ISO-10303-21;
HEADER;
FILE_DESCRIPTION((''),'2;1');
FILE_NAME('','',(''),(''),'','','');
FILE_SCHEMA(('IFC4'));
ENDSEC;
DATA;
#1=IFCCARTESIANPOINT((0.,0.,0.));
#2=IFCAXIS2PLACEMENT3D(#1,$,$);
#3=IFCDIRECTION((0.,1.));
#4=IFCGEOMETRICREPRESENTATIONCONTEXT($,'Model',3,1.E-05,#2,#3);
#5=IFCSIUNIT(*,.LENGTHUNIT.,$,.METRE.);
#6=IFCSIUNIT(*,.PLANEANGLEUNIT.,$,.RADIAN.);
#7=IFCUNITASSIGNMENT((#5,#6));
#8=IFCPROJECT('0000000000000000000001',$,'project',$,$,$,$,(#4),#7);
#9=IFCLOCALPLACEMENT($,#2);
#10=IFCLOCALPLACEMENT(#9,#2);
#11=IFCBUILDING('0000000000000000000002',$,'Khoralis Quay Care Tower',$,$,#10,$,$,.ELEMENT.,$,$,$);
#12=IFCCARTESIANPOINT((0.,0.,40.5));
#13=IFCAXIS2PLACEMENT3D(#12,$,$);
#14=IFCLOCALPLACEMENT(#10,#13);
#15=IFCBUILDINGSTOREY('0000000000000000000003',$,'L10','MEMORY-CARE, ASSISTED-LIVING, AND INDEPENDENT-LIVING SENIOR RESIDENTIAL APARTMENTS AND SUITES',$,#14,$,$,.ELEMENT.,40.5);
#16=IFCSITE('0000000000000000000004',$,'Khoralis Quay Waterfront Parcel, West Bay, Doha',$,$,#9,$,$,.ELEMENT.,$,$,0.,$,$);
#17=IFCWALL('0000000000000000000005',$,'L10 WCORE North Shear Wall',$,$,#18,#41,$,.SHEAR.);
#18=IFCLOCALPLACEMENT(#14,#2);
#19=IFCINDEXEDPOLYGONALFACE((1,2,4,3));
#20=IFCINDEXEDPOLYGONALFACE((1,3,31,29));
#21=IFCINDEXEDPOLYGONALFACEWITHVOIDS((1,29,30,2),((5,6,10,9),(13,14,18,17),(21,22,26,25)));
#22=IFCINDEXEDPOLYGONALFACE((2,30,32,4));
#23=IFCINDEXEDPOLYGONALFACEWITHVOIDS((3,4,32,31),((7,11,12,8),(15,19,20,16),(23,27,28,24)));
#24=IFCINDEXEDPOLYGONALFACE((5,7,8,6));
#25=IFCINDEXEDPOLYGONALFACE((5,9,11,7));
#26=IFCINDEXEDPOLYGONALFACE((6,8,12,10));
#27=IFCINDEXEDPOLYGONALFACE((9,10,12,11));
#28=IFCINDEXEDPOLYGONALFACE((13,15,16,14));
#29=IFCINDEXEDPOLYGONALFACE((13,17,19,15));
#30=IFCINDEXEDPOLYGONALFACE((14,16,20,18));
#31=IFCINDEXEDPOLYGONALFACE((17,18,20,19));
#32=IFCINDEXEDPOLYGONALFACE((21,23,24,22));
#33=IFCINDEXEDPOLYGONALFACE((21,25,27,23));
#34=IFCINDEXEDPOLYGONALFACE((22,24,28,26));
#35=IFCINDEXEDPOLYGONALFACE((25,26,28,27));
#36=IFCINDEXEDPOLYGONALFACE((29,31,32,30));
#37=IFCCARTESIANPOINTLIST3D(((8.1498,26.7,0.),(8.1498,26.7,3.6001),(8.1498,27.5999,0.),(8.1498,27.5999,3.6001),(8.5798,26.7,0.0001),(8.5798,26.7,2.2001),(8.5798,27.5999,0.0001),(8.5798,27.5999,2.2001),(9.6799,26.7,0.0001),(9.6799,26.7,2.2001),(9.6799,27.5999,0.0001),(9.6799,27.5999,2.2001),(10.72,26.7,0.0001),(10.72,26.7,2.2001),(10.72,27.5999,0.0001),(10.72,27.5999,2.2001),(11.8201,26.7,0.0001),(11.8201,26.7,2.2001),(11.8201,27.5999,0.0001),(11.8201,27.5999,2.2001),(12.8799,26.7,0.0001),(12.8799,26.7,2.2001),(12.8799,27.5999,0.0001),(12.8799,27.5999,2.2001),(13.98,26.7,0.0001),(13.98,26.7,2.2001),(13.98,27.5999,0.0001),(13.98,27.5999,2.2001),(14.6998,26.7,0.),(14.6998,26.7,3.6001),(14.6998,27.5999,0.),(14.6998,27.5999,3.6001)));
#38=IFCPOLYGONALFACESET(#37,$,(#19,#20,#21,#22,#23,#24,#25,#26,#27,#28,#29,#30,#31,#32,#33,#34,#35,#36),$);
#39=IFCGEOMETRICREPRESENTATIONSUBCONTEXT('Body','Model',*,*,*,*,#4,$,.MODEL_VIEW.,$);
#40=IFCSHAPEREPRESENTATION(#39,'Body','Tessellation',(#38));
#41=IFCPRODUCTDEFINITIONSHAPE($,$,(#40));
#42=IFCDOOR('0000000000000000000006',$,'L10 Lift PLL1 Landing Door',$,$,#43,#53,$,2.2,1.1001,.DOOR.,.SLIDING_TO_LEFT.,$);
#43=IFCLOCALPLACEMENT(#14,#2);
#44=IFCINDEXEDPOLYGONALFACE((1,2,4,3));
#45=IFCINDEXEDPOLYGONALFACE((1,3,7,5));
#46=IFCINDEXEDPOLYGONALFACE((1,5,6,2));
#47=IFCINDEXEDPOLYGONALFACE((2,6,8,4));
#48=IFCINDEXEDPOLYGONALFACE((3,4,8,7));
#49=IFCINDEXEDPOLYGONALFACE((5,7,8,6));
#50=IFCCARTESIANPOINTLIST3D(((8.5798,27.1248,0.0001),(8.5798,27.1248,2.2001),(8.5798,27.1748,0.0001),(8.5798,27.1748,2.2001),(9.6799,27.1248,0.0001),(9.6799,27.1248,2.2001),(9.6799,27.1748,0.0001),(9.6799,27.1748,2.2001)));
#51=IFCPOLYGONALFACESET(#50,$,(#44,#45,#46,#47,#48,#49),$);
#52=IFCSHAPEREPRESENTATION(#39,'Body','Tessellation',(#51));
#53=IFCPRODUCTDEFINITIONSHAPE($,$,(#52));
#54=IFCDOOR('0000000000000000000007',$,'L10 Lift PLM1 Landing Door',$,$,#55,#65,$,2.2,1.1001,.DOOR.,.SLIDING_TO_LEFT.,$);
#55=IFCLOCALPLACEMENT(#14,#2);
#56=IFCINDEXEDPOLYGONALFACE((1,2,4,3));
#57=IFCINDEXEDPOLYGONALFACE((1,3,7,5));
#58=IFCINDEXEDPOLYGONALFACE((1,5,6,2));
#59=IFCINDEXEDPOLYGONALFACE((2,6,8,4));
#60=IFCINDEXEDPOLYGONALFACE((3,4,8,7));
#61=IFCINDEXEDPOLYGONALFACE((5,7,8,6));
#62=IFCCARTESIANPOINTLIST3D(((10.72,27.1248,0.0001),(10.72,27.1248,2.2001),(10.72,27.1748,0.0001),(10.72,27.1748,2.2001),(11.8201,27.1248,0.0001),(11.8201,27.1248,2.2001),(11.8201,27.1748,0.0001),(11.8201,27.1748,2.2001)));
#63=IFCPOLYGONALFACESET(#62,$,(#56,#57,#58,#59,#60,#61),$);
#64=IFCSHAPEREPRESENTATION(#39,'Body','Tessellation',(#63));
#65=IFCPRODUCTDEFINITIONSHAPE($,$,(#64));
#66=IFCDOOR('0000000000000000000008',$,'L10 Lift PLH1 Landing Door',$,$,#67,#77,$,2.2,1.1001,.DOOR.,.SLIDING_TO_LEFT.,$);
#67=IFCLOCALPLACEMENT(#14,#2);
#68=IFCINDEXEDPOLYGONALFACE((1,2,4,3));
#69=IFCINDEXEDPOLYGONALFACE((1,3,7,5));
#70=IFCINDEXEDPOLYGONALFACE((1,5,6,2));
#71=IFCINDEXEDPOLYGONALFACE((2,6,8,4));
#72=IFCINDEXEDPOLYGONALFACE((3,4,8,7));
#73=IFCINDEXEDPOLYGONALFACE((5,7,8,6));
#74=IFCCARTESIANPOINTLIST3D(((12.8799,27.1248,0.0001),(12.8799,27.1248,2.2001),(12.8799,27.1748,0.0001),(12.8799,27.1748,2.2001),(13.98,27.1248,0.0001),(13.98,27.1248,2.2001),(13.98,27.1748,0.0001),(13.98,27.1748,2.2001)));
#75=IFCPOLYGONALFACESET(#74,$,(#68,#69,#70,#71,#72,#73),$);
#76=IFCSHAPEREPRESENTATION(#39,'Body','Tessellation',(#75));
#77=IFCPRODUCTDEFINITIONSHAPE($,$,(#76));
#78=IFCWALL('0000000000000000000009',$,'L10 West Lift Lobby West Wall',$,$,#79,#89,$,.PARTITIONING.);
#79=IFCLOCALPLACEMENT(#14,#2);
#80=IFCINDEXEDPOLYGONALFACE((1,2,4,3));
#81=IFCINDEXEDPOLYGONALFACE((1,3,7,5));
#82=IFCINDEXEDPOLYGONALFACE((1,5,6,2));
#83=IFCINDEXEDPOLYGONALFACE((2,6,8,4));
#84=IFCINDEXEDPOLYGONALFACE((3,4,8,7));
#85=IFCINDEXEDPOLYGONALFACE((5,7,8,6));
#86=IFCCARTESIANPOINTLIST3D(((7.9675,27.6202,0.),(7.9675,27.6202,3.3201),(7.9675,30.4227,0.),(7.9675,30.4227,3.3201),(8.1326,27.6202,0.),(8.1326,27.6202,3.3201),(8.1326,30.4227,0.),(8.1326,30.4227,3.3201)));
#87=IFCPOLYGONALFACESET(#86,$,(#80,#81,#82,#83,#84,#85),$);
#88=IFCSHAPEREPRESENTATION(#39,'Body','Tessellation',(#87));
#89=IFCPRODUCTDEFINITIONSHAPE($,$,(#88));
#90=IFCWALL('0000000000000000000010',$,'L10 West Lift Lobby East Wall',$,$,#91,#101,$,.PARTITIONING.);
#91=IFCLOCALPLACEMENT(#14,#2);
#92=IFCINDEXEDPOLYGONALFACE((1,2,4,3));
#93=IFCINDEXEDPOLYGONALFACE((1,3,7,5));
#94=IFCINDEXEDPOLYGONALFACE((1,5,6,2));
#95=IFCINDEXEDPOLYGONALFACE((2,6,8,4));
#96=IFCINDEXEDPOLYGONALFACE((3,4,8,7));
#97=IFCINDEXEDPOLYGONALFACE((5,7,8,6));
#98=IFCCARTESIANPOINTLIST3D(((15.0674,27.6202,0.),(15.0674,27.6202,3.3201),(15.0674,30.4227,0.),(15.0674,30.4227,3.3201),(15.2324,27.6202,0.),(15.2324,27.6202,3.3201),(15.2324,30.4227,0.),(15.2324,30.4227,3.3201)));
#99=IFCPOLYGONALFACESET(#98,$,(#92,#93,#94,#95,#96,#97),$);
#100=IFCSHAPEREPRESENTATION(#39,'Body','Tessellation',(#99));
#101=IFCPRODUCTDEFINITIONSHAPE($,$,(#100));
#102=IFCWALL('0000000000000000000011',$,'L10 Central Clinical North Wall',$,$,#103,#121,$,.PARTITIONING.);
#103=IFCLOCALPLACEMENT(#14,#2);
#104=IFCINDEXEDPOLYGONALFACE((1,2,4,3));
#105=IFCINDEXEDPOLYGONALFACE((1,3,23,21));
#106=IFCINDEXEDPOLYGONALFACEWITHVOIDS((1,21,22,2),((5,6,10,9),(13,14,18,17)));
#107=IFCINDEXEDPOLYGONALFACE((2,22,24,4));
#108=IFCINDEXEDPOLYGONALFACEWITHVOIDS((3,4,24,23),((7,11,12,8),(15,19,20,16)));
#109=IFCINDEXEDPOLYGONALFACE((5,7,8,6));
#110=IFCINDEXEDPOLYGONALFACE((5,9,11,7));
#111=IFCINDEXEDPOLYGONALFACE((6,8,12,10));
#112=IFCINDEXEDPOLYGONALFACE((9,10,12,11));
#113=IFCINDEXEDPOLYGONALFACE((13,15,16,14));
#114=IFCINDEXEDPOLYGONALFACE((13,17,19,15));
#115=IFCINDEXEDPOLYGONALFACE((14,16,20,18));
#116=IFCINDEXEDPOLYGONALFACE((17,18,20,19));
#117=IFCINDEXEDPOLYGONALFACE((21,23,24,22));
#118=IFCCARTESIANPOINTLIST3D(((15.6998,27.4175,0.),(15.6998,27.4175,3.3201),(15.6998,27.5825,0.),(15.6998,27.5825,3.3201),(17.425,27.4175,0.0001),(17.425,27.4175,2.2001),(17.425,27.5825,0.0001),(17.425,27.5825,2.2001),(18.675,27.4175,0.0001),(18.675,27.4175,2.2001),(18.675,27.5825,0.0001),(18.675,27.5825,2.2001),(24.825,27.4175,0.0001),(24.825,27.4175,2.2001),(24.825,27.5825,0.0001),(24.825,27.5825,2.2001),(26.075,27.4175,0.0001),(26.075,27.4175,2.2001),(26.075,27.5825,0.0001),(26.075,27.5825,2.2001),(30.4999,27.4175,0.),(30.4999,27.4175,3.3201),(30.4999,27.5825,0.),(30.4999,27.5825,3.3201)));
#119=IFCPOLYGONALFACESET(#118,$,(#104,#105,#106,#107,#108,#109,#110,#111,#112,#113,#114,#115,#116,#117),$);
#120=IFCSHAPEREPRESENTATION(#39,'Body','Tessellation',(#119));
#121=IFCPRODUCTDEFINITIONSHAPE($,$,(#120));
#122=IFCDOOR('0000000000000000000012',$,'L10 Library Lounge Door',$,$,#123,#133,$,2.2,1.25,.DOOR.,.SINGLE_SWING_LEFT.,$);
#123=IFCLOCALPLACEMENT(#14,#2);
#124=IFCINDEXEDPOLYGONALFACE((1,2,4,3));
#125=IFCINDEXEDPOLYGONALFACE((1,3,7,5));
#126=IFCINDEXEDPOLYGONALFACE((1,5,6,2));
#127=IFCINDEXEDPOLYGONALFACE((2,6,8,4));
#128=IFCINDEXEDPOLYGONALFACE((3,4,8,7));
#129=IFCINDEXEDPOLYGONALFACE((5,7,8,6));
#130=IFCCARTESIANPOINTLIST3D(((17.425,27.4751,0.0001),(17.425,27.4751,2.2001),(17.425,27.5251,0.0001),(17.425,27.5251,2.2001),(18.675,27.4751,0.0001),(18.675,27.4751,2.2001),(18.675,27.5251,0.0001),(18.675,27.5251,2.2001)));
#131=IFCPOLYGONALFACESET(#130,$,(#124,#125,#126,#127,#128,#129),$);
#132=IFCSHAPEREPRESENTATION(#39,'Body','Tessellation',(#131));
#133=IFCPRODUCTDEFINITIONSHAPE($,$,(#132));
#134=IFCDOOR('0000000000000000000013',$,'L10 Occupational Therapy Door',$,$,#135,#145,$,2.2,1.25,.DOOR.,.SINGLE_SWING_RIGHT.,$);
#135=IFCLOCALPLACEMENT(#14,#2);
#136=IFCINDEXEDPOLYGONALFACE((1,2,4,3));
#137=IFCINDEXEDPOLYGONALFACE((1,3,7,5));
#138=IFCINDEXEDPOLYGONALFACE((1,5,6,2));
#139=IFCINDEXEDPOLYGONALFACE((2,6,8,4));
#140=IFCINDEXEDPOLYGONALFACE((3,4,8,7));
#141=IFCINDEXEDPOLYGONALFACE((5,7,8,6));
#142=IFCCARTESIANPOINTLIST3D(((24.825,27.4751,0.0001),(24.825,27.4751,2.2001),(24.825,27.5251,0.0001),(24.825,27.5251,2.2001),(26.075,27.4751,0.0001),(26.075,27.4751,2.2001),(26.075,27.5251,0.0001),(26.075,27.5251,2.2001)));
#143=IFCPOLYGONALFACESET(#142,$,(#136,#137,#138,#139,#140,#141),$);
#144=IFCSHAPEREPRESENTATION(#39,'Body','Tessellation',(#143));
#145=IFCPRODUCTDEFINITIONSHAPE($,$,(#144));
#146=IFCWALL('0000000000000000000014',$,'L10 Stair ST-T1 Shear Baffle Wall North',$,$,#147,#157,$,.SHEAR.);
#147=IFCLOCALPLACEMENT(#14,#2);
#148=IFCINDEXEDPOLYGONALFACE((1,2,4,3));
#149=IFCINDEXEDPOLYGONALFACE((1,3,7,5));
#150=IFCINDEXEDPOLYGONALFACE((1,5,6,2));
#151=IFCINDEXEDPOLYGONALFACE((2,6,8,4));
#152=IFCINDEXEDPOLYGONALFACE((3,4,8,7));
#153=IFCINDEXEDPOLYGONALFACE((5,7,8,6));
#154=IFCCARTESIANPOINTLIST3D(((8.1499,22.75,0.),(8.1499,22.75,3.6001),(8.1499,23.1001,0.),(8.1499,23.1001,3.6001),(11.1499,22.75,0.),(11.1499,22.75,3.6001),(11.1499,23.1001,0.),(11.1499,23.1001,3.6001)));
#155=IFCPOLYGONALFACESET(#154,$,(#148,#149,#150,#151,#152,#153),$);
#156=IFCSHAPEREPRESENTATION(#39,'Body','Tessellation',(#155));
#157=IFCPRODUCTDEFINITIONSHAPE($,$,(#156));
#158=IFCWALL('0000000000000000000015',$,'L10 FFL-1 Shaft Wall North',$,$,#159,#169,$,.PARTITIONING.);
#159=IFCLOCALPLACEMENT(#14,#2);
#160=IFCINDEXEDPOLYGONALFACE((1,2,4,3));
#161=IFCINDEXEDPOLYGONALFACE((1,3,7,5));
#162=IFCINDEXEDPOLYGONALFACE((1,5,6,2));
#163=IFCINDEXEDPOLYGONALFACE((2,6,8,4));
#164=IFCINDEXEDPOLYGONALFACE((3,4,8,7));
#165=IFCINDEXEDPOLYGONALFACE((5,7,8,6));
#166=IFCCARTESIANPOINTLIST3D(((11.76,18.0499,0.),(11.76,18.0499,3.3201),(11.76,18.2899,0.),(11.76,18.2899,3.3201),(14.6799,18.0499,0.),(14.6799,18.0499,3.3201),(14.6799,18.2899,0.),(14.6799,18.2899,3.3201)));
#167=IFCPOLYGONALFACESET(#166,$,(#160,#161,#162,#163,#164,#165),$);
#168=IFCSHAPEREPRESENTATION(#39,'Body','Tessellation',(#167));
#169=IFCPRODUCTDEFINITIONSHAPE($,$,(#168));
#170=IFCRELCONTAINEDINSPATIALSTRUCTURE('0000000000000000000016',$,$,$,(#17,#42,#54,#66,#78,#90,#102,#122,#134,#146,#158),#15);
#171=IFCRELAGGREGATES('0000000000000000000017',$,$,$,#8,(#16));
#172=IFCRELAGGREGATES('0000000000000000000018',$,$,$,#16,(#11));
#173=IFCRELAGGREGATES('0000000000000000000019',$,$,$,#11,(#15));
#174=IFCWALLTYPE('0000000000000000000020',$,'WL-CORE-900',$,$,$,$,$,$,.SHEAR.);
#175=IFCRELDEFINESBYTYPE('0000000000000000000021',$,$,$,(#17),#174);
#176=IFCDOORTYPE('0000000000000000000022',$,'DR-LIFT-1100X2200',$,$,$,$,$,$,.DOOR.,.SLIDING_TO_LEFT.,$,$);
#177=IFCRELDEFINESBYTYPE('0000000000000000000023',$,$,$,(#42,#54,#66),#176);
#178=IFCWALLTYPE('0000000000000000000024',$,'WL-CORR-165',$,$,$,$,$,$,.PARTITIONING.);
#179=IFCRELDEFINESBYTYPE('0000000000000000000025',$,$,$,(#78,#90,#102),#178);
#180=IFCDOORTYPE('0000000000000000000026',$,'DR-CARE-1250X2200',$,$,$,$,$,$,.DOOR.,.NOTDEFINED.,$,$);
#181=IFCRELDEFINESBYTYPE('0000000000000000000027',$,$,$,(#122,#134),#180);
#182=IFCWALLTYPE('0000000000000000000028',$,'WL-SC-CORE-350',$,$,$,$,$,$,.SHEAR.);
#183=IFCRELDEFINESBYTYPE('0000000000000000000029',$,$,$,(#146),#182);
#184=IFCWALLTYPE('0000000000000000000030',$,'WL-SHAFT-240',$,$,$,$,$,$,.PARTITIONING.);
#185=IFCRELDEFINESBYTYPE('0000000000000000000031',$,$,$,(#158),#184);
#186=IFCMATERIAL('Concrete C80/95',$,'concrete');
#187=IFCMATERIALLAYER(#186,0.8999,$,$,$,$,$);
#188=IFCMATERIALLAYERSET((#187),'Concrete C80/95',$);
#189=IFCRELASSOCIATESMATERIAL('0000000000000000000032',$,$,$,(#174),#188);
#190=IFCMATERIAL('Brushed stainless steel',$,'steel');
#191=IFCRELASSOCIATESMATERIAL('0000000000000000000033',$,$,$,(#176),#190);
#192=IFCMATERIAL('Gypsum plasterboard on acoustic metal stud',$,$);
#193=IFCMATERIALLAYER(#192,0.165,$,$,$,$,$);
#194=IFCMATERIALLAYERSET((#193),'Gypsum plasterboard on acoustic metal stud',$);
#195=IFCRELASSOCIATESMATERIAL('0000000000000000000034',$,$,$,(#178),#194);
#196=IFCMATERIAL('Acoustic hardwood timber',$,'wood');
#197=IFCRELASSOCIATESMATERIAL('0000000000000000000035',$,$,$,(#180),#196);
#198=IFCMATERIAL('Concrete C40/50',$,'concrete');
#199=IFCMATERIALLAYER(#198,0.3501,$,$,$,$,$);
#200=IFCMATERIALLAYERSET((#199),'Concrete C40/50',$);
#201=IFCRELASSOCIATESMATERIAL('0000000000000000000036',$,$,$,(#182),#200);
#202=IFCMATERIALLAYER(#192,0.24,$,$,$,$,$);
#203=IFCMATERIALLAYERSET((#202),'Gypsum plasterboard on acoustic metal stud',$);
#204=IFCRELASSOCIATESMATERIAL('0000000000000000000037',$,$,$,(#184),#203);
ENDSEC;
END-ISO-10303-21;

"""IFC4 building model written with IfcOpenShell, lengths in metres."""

from ifc_helpers import new_model, si_unit, direction, frame, frame_2d, origin, place, context, subcontext, project, spatial, rectangle, extrude, source, transform, mapped, material, layer, layer_set, type_object, element, fill, save


model = new_model("IFC4")

# Units and contexts
model_context = context("Model", 3, precision=1e-05, world=origin(), true_north=direction((0.0, 1.0)))
body_context = subcontext(model_context, "Body", "Model", "MODEL_VIEW")
ifc_project = project(units=[si_unit("LENGTHUNIT", "METRE"), si_unit("PLANEANGLEUNIT", "RADIAN")], contexts=[model_context])

# Site, building, storey
site_placement = place(None, origin())
site = spatial("IfcSite", under=ifc_project, at=site_placement, Name="Khoralis Quay Waterfront Parcel, West Bay, Doha", CompositionType="ELEMENT", RefElevation=0.0)
building_placement = place(site_placement, origin())
building = spatial("IfcBuilding", under=site, at=building_placement, Name="Khoralis Quay Care Tower", CompositionType="ELEMENT")
storey_placement = place(building_placement, frame((0.0, 0.0, 40.5)))
storey = spatial("IfcBuildingStorey", under=building, at=storey_placement, Name="L10", Description="MEMORY-CARE, ASSISTED-LIVING, AND INDEPENDENT-LIVING SENIOR RESIDENTIAL APARTMENTS AND SUITES", CompositionType="ELEMENT", Elevation=40.5)

# Shared definitions
ifc_material_1 = material(Name="Concrete C80/95", Category="concrete")

# Wall, openings, doors
ifc_layer_1 = layer(ifc_material_1, 0.8999)
ifc_layer_set_1 = layer_set([ifc_layer_1], Name="Concrete C80/95")
wall_type_1 = type_object("IfcWallType", Name="WL-CORE-900", PredefinedType="SHEAR", material=ifc_layer_set_1)
wall_1_placement = place(storey_placement, frame((8.1499, 27.1499, 0.0), z_axis=(0.0, 0.0, 1.0), x_axis=(1.0, 0.0, 0.0)))
wall_1 = element("IfcWall", 1, at=wall_1_placement, inside=storey, type_object=wall_type_1, Name="L10 WCORE North Shear Wall", PredefinedType="SHEAR", context=body_context, shape_type="SweptSolid", body=[
    extrude(rectangle(XDim=6.55, YDim=0.8999, at=frame_2d((3.2749, 0.0))), origin(), (0.0, 0.0, 1.0), 3.6001),
])
opening_1_placement = place(wall_1_placement, frame((0.4299, 0.0, 0.0)))
opening_1 = element("IfcOpeningElement", 2, at=opening_1_placement, cuts=wall_1, PredefinedType="OPENING", context=body_context, shape_type="SweptSolid", body=[
    extrude(rectangle(XDim=1.1001, YDim=2.2, at=frame_2d((0.55, 1.1001))), frame((0.0, 0.46, 0.0), z_axis=(0.0, -1.0, 0.0), x_axis=(1.0, 0.0, 0.0)), (0.0, 0.0, 1.0), 0.9199),
])
opening_2_placement = place(wall_1_placement, frame((2.5701, 0.0, 0.0)))
opening_2 = element("IfcOpeningElement", 3, at=opening_2_placement, cuts=wall_1, PredefinedType="OPENING", context=body_context, shape_type="SweptSolid", body=[
    extrude(rectangle(XDim=1.1001, YDim=2.2, at=frame_2d((0.55, 1.1001))), frame((0.0, 0.46, 0.0), z_axis=(0.0, -1.0, 0.0), x_axis=(1.0, 0.0, 0.0)), (0.0, 0.0, 1.0), 0.9199),
])
opening_3_placement = place(wall_1_placement, frame((4.73, 0.0, 0.0)))
opening_3 = element("IfcOpeningElement", 4, at=opening_3_placement, cuts=wall_1, PredefinedType="OPENING", context=body_context, shape_type="SweptSolid", body=[
    extrude(rectangle(XDim=1.1001, YDim=2.2, at=frame_2d((0.55, 1.1001))), frame((0.0, 0.46, 0.0), z_axis=(0.0, -1.0, 0.0), x_axis=(1.0, 0.0, 0.0)), (0.0, 0.0, 1.0), 0.9199),
])
ifc_material_2 = material(Name="Brushed stainless steel", Category="steel")
door_type_1 = type_object("IfcDoorType", Name="DR-LIFT-1100X2200", OperationType="SLIDING_TO_LEFT", PredefinedType="DOOR", material=ifc_material_2)
shared_shape_1 = source(origin(), body_context, "Body", "SweptSolid", [
    extrude(rectangle(XDim=1.1001, YDim=2.2, at=frame_2d((0.55, 1.1001))), frame((0.0, 0.0249, 0.0), z_axis=(0.0, -1.0, 0.0), x_axis=(1.0, 0.0, 0.0)), (0.0, 0.0, 1.0), 0.05),
])
door_1_placement = place(opening_1_placement, origin())
door_1 = element("IfcDoor", 5, at=door_1_placement, inside=storey, type_object=door_type_1, Name="L10 Lift PLL1 Landing Door", OperationType="SLIDING_TO_LEFT", OverallHeight=2.2, OverallWidth=1.1001, PredefinedType="DOOR", context=body_context, shape_type="MappedRepresentation", body=[
    mapped(shared_shape_1, transform((0.0, 0.0, 0.0), scale=1.0)),
])
fill(opening_1, door_1)
door_2_placement = place(opening_2_placement, origin())
door_2 = element("IfcDoor", 6, at=door_2_placement, inside=storey, type_object=door_type_1, Name="L10 Lift PLM1 Landing Door", OperationType="SLIDING_TO_LEFT", OverallHeight=2.2, OverallWidth=1.1001, PredefinedType="DOOR", context=body_context, shape_type="MappedRepresentation", body=[
    mapped(shared_shape_1, transform((0.0, 0.0, 0.0), scale=1.0)),
])
fill(opening_2, door_2)
door_3_placement = place(opening_3_placement, origin())
door_3 = element("IfcDoor", 7, at=door_3_placement, inside=storey, type_object=door_type_1, Name="L10 Lift PLH1 Landing Door", OperationType="SLIDING_TO_LEFT", OverallHeight=2.2, OverallWidth=1.1001, PredefinedType="DOOR", context=body_context, shape_type="MappedRepresentation", body=[
    mapped(shared_shape_1, transform((0.0, 0.0, 0.0), scale=1.0)),
])
fill(opening_3, door_3)

# Walls
ifc_material_3 = material(Name="Gypsum plasterboard on acoustic metal stud")
ifc_layer_2 = layer(ifc_material_3, 0.165)
ifc_layer_set_2 = layer_set([ifc_layer_2], Name="Gypsum plasterboard on acoustic metal stud")
wall_type_2 = type_object("IfcWallType", Name="WL-CORR-165", PredefinedType="PARTITIONING", material=ifc_layer_set_2)
for number, where, z_axis, x_axis, name in (
    (8, (8.05, 27.6201, 0.0), (0.0, 0.0, 1.0), (0.0, 1.0, 0.0), "L10 West Lift Lobby West Wall"),
    (9, (15.1499, 27.6201, 0.0), (0.0, 0.0, 1.0), (0.0, 1.0, 0.0), "L10 West Lift Lobby East Wall"),
):
    element("IfcWall", number, at=place(storey_placement, frame(where, z_axis=z_axis, x_axis=x_axis)), inside=storey, type_object=wall_type_2, Name=name, PredefinedType="PARTITIONING", context=body_context, shape_type="SweptSolid", body=[
        extrude(rectangle(XDim=2.8025, YDim=0.165, at=frame_2d((1.4014, 0.0))), origin(), (0.0, 0.0, 1.0), 3.3201),
    ])

# Wall, openings, doors
wall_2_placement = place(storey_placement, frame((15.7, 27.5, 0.0), z_axis=(0.0, 0.0, 1.0), x_axis=(1.0, 0.0, 0.0)))
wall_2 = element("IfcWall", 10, at=wall_2_placement, inside=storey, type_object=wall_type_2, Name="L10 Central Clinical North Wall", PredefinedType="PARTITIONING", context=body_context, shape_type="SweptSolid", body=[
    extrude(rectangle(XDim=14.8, YDim=0.165, at=frame_2d((7.3999, 0.0))), origin(), (0.0, 0.0, 1.0), 3.3201),
])
opening_4_placement = place(wall_2_placement, frame((1.7251, 0.0, 0.0)))
opening_4 = element("IfcOpeningElement", 11, at=opening_4_placement, cuts=wall_2, PredefinedType="OPENING", context=body_context, shape_type="SweptSolid", body=[
    extrude(rectangle(XDim=1.25, YDim=2.2, at=frame_2d((0.625, 1.1001))), frame((0.0, 0.0925, 0.0), z_axis=(0.0, -1.0, 0.0), x_axis=(1.0, 0.0, 0.0)), (0.0, 0.0, 1.0), 0.1851),
])
opening_5_placement = place(wall_2_placement, frame((9.125, 0.0, 0.0)))
opening_5 = element("IfcOpeningElement", 12, at=opening_5_placement, cuts=wall_2, PredefinedType="OPENING", context=body_context, shape_type="SweptSolid", body=[
    extrude(rectangle(XDim=1.25, YDim=2.2, at=frame_2d((0.625, 1.1001))), frame((0.0, 0.0925, 0.0), z_axis=(0.0, -1.0, 0.0), x_axis=(1.0, 0.0, 0.0)), (0.0, 0.0, 1.0), 0.1851),
])
ifc_material_4 = material(Name="Acoustic hardwood timber", Category="wood")
door_type_2 = type_object("IfcDoorType", Name="DR-CARE-1250X2200", OperationType="NOTDEFINED", PredefinedType="DOOR", material=ifc_material_4)
shared_shape_2 = source(origin(), body_context, "Body", "SweptSolid", [
    extrude(rectangle(XDim=1.25, YDim=2.2, at=frame_2d((0.625, 1.1001))), frame((0.0, 0.0249, 0.0), z_axis=(0.0, -1.0, 0.0), x_axis=(1.0, 0.0, 0.0)), (0.0, 0.0, 1.0), 0.05),
])
door_4_placement = place(opening_4_placement, frame((1.25, 0.0, 0.0), z_axis=(0.0, 0.0, 1.0), x_axis=(-1.0, 0.0, 0.0)))
door_4 = element("IfcDoor", 13, at=door_4_placement, inside=storey, type_object=door_type_2, Name="L10 Library Lounge Door", OperationType="SINGLE_SWING_LEFT", OverallHeight=2.2, OverallWidth=1.25, PredefinedType="DOOR", context=body_context, shape_type="MappedRepresentation", body=[
    mapped(shared_shape_2, transform((0.0, 0.0, 0.0), scale=1.0)),
])
fill(opening_4, door_4)
door_5_placement = place(opening_5_placement, frame((1.25, 0.0, 0.0), z_axis=(0.0, 0.0, 1.0), x_axis=(-1.0, 0.0, 0.0)))
door_5 = element("IfcDoor", 14, at=door_5_placement, inside=storey, type_object=door_type_2, Name="L10 Occupational Therapy Door", OperationType="SINGLE_SWING_RIGHT", OverallHeight=2.2, OverallWidth=1.25, PredefinedType="DOOR", context=body_context, shape_type="MappedRepresentation", body=[
    mapped(shared_shape_2, transform((0.0, 0.0, 0.0), scale=1.0)),
])
fill(opening_5, door_5)

# Walls
ifc_material_5 = material(Name="Concrete C40/50", Category="concrete")
ifc_layer_3 = layer(ifc_material_5, 0.3501)
ifc_layer_set_3 = layer_set([ifc_layer_3], Name="Concrete C40/50")
wall_type_3 = type_object("IfcWallType", Name="WL-SC-CORE-350", PredefinedType="SHEAR", material=ifc_layer_set_3)
wall_3_placement = place(storey_placement, frame((8.1499, 22.925, 0.0), z_axis=(0.0, 0.0, 1.0), x_axis=(1.0, 0.0, 0.0)))
element("IfcWall", 15, at=wall_3_placement, inside=storey, type_object=wall_type_3, Name="L10 Stair ST-T1 Shear Baffle Wall North", PredefinedType="SHEAR", context=body_context, shape_type="SweptSolid", body=[
    extrude(rectangle(XDim=3.0, YDim=0.3501, at=frame_2d((1.5, 0.0))), origin(), (0.0, 0.0, 1.0), 3.6001),
])
ifc_layer_4 = layer(ifc_material_3, 0.24)
ifc_layer_set_4 = layer_set([ifc_layer_4], Name="Gypsum plasterboard on acoustic metal stud")
wall_type_4 = type_object("IfcWallType", Name="WL-SHAFT-240", PredefinedType="PARTITIONING", material=ifc_layer_set_4)
wall_4_placement = place(storey_placement, frame((11.76, 18.1699, 0.0), z_axis=(0.0, 0.0, 1.0), x_axis=(1.0, 0.0, 0.0)))
element("IfcWall", 16, at=wall_4_placement, inside=storey, type_object=wall_type_4, Name="L10 FFL-1 Shaft Wall North", PredefinedType="PARTITIONING", context=body_context, shape_type="SweptSolid", body=[
    extrude(rectangle(XDim=2.9199, YDim=0.24, at=frame_2d((1.46, 0.0))), origin(), (0.0, 0.0, 1.0), 3.3201),
])

save(model, "model.ifc")
